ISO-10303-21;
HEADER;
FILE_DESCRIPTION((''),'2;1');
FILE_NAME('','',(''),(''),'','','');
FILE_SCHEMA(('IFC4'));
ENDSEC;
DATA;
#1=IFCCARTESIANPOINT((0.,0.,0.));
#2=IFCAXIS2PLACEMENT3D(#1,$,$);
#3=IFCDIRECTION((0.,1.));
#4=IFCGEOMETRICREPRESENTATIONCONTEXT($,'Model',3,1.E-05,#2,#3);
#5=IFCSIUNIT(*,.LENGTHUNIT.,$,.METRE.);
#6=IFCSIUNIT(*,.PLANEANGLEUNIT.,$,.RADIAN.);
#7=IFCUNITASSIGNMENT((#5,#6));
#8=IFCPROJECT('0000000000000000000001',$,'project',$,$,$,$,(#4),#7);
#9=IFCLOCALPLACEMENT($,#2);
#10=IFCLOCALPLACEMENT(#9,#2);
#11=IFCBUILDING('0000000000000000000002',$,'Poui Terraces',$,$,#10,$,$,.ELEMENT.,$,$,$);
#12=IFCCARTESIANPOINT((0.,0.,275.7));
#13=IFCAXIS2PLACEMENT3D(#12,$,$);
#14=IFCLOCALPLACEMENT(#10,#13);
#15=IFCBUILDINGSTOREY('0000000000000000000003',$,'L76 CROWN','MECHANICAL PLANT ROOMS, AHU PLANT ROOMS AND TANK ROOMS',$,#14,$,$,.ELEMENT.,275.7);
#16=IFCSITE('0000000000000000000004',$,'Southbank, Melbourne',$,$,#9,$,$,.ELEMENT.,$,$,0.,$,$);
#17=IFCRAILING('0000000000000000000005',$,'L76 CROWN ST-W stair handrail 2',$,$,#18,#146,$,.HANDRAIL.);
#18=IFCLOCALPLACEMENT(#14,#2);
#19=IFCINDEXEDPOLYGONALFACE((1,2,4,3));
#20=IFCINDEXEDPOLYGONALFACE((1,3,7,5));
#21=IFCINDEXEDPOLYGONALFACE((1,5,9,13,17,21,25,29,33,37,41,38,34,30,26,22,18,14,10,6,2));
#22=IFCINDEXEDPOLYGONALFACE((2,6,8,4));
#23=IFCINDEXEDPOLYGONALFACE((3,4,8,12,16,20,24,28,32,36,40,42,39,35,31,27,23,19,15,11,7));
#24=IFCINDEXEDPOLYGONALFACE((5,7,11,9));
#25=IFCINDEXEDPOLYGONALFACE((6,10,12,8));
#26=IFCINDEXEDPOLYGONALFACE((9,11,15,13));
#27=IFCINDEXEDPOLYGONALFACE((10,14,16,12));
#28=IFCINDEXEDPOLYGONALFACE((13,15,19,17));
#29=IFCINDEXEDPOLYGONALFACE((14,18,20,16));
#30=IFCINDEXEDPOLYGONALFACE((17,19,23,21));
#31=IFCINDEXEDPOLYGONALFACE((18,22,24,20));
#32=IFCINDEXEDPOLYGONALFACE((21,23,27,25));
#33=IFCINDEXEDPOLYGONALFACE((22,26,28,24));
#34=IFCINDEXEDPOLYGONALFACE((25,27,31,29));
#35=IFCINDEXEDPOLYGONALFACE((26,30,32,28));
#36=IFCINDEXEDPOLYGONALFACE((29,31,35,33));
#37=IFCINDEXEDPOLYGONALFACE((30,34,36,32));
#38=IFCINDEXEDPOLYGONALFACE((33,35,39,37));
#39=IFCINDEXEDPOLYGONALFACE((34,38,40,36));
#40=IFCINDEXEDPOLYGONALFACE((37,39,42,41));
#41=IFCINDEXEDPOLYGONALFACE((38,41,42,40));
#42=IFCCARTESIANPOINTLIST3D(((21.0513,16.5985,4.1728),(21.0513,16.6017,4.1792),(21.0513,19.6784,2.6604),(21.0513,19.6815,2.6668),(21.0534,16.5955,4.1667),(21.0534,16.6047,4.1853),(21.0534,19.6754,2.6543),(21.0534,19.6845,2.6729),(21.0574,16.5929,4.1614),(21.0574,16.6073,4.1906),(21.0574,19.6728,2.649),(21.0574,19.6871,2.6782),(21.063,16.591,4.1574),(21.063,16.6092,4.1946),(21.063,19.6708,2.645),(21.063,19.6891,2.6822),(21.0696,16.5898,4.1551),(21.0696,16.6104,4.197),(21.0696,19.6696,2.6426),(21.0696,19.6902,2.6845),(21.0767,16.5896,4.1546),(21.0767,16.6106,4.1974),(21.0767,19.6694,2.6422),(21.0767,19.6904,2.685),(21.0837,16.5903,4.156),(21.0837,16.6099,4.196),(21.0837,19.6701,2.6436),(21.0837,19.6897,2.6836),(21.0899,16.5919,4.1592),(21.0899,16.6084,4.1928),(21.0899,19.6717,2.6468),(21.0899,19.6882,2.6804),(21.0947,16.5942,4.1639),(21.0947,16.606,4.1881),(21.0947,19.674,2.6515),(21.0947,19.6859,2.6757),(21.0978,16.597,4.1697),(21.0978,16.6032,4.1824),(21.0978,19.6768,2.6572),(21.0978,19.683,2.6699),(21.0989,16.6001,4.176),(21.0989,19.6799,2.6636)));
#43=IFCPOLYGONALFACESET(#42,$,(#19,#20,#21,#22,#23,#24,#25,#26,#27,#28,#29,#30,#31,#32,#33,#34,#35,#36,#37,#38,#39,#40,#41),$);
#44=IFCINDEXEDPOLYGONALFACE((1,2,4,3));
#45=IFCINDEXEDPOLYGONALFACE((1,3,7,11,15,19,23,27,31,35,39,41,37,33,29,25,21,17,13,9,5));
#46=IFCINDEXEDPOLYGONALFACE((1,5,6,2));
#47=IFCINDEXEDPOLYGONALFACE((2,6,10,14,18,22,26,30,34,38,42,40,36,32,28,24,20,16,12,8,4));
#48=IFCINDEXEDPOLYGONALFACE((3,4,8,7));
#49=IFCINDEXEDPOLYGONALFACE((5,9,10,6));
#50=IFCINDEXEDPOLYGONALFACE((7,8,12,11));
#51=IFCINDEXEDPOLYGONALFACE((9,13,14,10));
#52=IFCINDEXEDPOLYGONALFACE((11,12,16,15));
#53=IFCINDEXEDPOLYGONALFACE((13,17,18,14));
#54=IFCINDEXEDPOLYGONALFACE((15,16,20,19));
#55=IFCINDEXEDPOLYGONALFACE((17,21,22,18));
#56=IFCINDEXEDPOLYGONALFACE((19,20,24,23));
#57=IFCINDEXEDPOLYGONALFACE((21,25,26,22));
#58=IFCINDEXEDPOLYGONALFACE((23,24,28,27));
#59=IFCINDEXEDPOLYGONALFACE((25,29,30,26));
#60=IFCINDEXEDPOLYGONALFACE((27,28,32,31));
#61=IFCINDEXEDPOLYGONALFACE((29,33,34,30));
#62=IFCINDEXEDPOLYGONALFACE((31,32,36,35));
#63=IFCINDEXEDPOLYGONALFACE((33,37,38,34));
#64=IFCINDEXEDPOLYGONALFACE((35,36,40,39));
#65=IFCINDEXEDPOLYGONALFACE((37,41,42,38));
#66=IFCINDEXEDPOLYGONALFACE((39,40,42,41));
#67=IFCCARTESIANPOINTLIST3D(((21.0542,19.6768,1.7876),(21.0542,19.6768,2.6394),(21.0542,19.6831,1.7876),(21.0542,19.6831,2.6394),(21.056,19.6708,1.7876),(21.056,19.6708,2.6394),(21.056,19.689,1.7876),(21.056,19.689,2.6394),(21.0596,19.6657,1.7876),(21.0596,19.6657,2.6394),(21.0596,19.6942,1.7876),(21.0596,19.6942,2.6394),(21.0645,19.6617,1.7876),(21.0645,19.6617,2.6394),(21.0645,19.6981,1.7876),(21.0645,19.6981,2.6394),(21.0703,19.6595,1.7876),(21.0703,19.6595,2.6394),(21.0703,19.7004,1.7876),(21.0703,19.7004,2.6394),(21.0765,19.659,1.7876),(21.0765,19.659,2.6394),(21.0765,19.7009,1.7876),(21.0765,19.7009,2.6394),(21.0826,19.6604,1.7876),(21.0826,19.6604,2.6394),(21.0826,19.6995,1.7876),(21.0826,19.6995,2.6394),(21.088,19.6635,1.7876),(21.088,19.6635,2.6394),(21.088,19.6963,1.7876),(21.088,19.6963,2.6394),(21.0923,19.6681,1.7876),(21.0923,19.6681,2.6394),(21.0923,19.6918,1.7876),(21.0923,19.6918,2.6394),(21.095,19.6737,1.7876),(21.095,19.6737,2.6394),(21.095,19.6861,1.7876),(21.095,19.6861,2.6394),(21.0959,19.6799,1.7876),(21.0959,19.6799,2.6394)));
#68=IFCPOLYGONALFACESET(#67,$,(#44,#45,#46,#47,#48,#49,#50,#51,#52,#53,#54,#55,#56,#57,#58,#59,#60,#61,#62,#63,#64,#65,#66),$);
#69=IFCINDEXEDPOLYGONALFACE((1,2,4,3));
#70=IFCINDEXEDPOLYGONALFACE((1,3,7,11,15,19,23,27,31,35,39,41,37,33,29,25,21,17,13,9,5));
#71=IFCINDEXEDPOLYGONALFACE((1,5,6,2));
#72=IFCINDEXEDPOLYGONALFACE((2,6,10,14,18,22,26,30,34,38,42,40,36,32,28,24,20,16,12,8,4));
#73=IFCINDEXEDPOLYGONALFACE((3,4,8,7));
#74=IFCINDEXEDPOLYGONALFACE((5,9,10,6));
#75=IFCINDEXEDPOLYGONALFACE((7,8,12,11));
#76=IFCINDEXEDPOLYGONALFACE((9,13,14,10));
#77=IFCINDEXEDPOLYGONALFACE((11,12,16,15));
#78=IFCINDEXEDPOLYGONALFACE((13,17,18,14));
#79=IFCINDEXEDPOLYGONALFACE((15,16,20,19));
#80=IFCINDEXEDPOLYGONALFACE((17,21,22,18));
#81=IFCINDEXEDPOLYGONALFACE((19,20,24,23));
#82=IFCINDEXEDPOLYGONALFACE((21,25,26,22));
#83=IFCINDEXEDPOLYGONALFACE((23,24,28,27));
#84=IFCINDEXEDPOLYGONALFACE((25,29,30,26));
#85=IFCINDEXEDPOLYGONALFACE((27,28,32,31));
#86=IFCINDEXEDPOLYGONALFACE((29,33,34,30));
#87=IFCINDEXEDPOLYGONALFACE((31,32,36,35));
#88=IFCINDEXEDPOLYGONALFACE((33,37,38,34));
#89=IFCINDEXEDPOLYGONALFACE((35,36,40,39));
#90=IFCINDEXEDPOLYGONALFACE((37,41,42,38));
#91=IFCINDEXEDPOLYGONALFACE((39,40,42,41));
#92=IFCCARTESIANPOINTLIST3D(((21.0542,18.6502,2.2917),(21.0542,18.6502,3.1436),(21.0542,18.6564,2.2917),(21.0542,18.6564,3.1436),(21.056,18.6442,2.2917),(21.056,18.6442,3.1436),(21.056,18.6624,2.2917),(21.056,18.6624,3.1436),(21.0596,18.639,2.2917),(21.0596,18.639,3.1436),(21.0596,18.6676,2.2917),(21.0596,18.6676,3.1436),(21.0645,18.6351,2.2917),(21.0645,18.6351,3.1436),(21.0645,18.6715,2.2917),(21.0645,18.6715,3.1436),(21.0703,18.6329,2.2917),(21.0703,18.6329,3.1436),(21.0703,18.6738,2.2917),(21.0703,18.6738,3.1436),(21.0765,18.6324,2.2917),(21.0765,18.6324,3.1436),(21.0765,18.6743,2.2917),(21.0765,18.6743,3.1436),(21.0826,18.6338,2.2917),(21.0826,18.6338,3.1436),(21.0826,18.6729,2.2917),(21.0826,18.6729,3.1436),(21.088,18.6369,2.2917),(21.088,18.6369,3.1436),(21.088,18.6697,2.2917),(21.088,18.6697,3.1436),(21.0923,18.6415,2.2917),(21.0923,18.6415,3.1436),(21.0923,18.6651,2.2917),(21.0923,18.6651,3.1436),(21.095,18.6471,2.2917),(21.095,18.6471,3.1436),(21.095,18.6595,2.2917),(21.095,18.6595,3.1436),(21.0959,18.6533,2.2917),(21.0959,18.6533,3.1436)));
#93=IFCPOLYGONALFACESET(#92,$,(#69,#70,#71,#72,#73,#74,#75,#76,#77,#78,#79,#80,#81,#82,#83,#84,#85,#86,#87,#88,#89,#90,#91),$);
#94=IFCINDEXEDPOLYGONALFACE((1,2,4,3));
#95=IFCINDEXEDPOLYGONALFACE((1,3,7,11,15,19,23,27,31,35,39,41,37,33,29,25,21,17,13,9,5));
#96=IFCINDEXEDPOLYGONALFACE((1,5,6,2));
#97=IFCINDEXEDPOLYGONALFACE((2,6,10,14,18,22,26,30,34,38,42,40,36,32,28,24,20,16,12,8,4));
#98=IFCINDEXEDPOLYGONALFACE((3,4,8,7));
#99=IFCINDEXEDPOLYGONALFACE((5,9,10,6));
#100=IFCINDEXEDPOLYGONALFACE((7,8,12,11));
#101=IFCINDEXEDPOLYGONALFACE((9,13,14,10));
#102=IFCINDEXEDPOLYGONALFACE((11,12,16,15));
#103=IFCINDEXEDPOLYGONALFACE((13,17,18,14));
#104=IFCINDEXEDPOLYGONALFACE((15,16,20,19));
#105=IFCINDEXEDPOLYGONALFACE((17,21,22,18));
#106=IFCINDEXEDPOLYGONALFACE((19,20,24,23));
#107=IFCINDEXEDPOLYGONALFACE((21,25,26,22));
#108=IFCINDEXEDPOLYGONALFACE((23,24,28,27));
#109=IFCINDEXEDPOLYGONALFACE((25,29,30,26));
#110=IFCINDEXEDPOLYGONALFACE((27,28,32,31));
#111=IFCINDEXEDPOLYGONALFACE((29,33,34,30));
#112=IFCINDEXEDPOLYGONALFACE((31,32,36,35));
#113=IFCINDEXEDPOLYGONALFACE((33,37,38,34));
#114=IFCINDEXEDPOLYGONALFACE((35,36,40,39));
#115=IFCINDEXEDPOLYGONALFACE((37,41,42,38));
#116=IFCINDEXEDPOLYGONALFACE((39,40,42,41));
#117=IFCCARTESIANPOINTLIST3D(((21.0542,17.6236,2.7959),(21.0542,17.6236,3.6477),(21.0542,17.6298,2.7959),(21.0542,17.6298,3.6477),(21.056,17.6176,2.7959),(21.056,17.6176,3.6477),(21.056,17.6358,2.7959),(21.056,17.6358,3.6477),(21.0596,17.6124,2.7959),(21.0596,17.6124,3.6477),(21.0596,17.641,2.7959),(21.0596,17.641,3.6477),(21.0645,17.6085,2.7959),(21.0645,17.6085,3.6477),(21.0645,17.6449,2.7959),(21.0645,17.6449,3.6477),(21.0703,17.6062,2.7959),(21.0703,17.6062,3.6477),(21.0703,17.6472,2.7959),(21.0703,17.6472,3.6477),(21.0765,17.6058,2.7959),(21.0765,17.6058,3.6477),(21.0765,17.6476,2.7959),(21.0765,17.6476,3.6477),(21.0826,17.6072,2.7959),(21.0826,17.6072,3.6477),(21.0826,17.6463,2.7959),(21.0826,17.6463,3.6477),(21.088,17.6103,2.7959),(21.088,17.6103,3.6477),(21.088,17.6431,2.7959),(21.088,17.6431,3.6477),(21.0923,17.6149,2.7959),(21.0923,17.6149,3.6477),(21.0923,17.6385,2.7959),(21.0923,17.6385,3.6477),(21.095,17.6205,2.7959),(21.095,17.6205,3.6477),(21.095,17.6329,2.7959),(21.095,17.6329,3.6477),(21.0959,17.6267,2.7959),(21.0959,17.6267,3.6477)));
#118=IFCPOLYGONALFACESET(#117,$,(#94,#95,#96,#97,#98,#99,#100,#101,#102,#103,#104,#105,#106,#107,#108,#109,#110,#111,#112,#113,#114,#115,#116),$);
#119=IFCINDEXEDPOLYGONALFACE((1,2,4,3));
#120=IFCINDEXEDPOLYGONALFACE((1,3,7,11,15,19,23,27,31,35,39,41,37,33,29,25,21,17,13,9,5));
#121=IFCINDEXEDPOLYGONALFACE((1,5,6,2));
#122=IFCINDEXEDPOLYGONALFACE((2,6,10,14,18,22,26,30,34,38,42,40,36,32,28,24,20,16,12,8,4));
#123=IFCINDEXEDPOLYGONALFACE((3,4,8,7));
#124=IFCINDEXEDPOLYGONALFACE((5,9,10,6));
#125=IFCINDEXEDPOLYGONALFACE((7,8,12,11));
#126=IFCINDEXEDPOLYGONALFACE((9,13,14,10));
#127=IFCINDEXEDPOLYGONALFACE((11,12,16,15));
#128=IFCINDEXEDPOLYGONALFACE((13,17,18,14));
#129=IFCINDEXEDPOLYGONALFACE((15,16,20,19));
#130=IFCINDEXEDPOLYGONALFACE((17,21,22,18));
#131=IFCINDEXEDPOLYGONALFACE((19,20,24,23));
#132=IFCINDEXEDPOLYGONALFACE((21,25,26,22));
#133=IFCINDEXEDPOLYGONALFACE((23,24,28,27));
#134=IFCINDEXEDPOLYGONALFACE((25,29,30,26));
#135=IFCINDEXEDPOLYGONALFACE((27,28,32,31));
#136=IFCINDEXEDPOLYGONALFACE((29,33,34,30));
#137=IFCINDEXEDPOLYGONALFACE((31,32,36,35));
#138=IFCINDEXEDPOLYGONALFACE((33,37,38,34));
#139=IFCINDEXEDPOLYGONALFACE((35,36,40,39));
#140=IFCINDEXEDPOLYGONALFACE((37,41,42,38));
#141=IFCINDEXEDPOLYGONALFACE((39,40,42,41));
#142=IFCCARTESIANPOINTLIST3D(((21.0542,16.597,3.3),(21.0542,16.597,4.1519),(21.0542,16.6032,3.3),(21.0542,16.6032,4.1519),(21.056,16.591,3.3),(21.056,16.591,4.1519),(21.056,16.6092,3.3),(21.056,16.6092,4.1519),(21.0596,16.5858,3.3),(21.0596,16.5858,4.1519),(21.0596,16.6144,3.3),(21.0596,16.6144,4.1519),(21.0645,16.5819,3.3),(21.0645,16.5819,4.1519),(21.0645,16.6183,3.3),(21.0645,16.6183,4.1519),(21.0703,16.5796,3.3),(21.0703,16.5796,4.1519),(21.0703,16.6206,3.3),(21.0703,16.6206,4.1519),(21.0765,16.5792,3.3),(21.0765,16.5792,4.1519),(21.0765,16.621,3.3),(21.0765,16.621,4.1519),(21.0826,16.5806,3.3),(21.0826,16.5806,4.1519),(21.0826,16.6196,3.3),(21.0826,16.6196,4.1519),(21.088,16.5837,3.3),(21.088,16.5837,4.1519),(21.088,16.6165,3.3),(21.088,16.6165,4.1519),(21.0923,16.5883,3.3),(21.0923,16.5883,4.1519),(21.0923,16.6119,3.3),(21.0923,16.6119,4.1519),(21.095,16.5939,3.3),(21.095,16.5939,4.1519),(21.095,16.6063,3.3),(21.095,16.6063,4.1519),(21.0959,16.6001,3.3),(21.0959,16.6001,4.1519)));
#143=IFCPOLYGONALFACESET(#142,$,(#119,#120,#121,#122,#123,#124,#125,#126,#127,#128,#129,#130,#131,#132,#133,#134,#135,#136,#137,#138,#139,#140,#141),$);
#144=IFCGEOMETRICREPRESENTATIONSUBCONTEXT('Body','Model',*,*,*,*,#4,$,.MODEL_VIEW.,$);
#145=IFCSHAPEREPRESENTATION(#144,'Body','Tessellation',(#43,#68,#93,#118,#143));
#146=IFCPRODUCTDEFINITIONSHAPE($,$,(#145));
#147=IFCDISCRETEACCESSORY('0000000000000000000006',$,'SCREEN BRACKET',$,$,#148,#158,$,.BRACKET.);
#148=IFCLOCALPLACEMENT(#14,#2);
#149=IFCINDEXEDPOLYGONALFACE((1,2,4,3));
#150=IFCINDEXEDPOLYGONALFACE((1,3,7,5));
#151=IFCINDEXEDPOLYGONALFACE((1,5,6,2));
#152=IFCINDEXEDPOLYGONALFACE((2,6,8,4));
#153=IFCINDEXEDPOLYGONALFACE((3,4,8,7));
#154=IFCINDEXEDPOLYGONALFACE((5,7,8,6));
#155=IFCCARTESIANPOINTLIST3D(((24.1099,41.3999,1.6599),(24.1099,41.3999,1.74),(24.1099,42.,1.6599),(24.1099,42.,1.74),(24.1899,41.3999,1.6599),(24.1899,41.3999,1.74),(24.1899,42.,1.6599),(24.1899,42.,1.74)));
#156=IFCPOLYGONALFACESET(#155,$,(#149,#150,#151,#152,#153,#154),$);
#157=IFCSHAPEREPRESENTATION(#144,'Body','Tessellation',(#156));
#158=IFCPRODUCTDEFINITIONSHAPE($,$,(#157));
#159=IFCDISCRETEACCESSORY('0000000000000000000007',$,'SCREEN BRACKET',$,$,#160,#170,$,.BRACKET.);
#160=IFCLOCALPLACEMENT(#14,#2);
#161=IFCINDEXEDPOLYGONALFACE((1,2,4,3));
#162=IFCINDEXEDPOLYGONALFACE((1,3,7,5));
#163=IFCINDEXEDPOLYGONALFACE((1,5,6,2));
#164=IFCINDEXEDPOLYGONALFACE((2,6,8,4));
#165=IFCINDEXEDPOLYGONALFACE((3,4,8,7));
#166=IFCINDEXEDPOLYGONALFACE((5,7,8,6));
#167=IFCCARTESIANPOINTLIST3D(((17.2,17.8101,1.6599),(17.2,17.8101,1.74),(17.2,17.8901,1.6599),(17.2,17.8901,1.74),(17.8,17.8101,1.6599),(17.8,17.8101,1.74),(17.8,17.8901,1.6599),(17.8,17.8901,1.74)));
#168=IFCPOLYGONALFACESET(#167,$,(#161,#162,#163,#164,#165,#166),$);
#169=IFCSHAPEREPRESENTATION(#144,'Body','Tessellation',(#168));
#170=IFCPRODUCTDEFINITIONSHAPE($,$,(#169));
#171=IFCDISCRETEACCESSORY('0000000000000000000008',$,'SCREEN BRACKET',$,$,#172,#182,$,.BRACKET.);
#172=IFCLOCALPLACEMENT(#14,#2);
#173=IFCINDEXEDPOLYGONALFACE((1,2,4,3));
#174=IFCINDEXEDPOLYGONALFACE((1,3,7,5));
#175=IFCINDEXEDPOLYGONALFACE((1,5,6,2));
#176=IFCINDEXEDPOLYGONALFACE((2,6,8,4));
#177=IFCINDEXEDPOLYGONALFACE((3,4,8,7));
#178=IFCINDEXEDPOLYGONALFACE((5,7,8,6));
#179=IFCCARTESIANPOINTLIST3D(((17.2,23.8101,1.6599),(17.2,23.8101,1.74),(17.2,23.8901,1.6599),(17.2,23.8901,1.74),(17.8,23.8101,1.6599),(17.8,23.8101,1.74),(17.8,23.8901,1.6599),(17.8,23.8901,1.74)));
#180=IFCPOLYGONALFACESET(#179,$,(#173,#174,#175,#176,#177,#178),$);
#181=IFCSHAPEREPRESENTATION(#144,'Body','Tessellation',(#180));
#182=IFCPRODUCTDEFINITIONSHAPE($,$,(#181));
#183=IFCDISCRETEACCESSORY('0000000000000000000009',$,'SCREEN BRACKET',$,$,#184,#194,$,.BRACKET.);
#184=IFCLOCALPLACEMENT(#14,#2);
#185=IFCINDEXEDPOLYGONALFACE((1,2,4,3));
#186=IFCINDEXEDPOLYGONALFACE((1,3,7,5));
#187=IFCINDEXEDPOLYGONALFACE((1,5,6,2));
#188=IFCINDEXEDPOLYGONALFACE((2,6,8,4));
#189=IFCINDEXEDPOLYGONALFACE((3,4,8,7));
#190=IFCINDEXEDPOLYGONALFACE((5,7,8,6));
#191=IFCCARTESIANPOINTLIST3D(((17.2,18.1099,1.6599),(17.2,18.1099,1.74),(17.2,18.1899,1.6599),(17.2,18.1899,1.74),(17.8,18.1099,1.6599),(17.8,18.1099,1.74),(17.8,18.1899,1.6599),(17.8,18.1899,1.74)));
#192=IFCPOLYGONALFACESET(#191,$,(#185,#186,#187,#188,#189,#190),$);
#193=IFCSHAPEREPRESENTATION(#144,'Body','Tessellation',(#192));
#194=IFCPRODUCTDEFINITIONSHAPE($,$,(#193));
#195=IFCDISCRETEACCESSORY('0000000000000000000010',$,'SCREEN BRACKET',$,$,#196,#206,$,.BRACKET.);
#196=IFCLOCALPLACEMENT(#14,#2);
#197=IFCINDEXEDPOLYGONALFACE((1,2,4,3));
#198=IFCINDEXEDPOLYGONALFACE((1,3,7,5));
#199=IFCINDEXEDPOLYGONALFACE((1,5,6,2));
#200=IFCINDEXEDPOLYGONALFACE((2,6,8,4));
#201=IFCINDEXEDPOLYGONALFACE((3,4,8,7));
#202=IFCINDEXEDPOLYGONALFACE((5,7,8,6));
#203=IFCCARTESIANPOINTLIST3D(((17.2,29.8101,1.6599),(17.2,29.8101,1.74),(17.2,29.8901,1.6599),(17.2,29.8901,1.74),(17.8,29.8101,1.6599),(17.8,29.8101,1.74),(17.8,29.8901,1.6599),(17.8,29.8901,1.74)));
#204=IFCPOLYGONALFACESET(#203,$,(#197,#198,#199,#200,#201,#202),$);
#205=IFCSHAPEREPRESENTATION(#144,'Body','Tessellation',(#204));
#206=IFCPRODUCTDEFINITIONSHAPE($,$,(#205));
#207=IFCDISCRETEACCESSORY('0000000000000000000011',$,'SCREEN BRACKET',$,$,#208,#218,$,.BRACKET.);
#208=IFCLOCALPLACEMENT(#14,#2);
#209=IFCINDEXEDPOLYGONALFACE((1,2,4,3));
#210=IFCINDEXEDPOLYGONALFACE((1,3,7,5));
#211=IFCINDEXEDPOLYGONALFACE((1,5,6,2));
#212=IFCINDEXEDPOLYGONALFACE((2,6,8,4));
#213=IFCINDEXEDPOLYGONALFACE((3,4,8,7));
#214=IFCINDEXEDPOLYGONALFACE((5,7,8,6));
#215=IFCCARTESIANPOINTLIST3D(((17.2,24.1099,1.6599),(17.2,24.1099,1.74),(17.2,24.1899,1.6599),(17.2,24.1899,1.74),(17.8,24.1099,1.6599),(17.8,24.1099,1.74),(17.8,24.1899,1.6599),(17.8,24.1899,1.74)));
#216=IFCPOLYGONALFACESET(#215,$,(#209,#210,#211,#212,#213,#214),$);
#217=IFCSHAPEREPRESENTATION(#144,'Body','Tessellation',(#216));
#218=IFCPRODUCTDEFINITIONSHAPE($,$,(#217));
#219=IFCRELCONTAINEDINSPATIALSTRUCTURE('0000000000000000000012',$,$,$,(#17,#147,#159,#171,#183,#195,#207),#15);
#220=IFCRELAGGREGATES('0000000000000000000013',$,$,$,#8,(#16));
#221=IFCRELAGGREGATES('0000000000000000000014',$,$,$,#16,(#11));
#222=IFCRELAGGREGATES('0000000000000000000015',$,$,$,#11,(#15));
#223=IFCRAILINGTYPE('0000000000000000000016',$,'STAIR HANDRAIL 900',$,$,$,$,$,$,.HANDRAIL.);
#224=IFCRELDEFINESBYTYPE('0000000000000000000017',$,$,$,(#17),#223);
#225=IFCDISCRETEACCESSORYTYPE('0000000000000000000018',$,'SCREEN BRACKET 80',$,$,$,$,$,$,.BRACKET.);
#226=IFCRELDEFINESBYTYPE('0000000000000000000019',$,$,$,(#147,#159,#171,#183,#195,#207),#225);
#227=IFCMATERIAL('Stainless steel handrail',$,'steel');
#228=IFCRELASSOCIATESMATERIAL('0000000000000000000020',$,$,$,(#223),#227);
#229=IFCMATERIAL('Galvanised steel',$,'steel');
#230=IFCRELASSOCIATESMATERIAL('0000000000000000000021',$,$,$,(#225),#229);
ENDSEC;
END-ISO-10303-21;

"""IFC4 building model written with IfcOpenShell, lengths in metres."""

from ifc_helpers import new_model, si_unit, direction, frame, origin, origin_2d, place, context, subcontext, project, spatial, rectangle, circle, extrude, source, transform, mapped, material, material_profile, profile_set, type_object, element, save


model = new_model("IFC4")

# Units and contexts
model_context = context("Model", 3, precision=1e-05, world=origin(), true_north=direction((0.0, 1.0)))
body_context = subcontext(model_context, "Body", "Model", "MODEL_VIEW")
ifc_project = project(units=[si_unit("LENGTHUNIT", "METRE"), si_unit("PLANEANGLEUNIT", "RADIAN")], contexts=[model_context])

# Site, building, storey
site_placement = place(None, origin())
site = spatial("IfcSite", under=ifc_project, at=site_placement, Name="Southbank, Melbourne", CompositionType="ELEMENT", RefElevation=0.0)
building_placement = place(site_placement, origin())
building = spatial("IfcBuilding", under=site, at=building_placement, Name="Poui Terraces", CompositionType="ELEMENT")
storey_placement = place(building_placement, frame((0.0, 0.0, 275.7)))
storey = spatial("IfcBuildingStorey", under=building, at=storey_placement, Name="L76 CROWN", Description="MECHANICAL PLANT ROOMS, AHU PLANT ROOMS AND TANK ROOMS", CompositionType="ELEMENT", Elevation=275.7)

# Railing
ifc_material_1 = material(Name="Stainless steel handrail", Category="steel")
railing_type_1 = type_object("IfcRailingType", Name="STAIR HANDRAIL 900", PredefinedType="HANDRAIL", material=ifc_material_1)
railing_1_placement = place(storey_placement, frame((21.075, 19.6799, 1.7876)))
element("IfcRailing", 1, at=railing_1_placement, inside=storey, type_object=railing_type_1, Name="L76 CROWN ST-W stair handrail 2", PredefinedType="HANDRAIL", context=body_context, shape_type="SweptSolid", body=[
    extrude(circle(Radius=0.0239, at=origin_2d()), frame((0.0, 0.0, 0.876), z_axis=(0.0, -0.897606, 0.440798), x_axis=(1.0, 0.0, 0.0)), (0.0, 0.0, 1.0), 3.4312),
    extrude(circle(Radius=0.021, at=origin_2d()), origin(), (0.0, 0.0, 1.0), 0.8518),
    extrude(circle(Radius=0.021, at=origin_2d()), frame((0.0, -1.0266, 0.5042)), (0.0, 0.0, 1.0), 0.8518),
    extrude(circle(Radius=0.021, at=origin_2d()), frame((0.0, -2.0532, 1.0083)), (0.0, 0.0, 1.0), 0.8518),
    extrude(circle(Radius=0.021, at=origin_2d()), frame((0.0, -3.0798, 1.5125)), (0.0, 0.0, 1.0), 0.8518),
])

# Discrete accessories
ifc_material_2 = material(Name="Galvanised steel", Category="steel")
ifc_material_profile_1 = material_profile(ifc_material_2, rectangle(XDim=0.0801, YDim=0.0801, at=origin_2d()), Name="SCREEN BRACKET 80")
ifc_profile_set_1 = profile_set([ifc_material_profile_1], Name="Galvanised steel")
discrete_accessory_type = type_object("IfcDiscreteAccessoryType", Name="SCREEN BRACKET 80", PredefinedType="BRACKET", material=ifc_profile_set_1)
shared_shape_1 = source(origin(), body_context, "Body", "SweptSolid", [
    extrude(rectangle(XDim=0.0801, YDim=0.0801, at=origin_2d()), origin(), (0.0, 0.0, 1.0), 0.6001),
])
for number, where, z_axis, x_axis, name in (
    (2, (24.1499, 41.3999, 1.7), (0.0, 1.0, 0.0), (-1.0, 0.0, 0.0), "SCREEN BRACKET"),
    (3, (17.8, 17.8501, 1.7), (-1.0, 0.0, 0.0), (0.0, -1.0, 0.0), "SCREEN BRACKET"),
    (4, (17.8, 23.8501, 1.7), (-1.0, 0.0, 0.0), (0.0, -1.0, 0.0), "SCREEN BRACKET"),
    (5, (17.8, 18.1499, 1.7), (-1.0, 0.0, 0.0), (0.0, -1.0, 0.0), "SCREEN BRACKET"),
    (6, (17.8, 29.8501, 1.7), (-1.0, 0.0, 0.0), (0.0, -1.0, 0.0), "SCREEN BRACKET"),
    (7, (17.8, 24.1499, 1.7), (-1.0, 0.0, 0.0), (0.0, -1.0, 0.0), "SCREEN BRACKET"),
):
    element("IfcDiscreteAccessory", number, at=place(storey_placement, frame(where, z_axis=z_axis, x_axis=x_axis)), inside=storey, type_object=discrete_accessory_type, Name=name, PredefinedType="BRACKET", context=body_context, shape_type="MappedRepresentation", body=[
        mapped(shared_shape_1, transform((0.0, 0.0, 0.0))),
    ])

save(model, "model.ifc")
